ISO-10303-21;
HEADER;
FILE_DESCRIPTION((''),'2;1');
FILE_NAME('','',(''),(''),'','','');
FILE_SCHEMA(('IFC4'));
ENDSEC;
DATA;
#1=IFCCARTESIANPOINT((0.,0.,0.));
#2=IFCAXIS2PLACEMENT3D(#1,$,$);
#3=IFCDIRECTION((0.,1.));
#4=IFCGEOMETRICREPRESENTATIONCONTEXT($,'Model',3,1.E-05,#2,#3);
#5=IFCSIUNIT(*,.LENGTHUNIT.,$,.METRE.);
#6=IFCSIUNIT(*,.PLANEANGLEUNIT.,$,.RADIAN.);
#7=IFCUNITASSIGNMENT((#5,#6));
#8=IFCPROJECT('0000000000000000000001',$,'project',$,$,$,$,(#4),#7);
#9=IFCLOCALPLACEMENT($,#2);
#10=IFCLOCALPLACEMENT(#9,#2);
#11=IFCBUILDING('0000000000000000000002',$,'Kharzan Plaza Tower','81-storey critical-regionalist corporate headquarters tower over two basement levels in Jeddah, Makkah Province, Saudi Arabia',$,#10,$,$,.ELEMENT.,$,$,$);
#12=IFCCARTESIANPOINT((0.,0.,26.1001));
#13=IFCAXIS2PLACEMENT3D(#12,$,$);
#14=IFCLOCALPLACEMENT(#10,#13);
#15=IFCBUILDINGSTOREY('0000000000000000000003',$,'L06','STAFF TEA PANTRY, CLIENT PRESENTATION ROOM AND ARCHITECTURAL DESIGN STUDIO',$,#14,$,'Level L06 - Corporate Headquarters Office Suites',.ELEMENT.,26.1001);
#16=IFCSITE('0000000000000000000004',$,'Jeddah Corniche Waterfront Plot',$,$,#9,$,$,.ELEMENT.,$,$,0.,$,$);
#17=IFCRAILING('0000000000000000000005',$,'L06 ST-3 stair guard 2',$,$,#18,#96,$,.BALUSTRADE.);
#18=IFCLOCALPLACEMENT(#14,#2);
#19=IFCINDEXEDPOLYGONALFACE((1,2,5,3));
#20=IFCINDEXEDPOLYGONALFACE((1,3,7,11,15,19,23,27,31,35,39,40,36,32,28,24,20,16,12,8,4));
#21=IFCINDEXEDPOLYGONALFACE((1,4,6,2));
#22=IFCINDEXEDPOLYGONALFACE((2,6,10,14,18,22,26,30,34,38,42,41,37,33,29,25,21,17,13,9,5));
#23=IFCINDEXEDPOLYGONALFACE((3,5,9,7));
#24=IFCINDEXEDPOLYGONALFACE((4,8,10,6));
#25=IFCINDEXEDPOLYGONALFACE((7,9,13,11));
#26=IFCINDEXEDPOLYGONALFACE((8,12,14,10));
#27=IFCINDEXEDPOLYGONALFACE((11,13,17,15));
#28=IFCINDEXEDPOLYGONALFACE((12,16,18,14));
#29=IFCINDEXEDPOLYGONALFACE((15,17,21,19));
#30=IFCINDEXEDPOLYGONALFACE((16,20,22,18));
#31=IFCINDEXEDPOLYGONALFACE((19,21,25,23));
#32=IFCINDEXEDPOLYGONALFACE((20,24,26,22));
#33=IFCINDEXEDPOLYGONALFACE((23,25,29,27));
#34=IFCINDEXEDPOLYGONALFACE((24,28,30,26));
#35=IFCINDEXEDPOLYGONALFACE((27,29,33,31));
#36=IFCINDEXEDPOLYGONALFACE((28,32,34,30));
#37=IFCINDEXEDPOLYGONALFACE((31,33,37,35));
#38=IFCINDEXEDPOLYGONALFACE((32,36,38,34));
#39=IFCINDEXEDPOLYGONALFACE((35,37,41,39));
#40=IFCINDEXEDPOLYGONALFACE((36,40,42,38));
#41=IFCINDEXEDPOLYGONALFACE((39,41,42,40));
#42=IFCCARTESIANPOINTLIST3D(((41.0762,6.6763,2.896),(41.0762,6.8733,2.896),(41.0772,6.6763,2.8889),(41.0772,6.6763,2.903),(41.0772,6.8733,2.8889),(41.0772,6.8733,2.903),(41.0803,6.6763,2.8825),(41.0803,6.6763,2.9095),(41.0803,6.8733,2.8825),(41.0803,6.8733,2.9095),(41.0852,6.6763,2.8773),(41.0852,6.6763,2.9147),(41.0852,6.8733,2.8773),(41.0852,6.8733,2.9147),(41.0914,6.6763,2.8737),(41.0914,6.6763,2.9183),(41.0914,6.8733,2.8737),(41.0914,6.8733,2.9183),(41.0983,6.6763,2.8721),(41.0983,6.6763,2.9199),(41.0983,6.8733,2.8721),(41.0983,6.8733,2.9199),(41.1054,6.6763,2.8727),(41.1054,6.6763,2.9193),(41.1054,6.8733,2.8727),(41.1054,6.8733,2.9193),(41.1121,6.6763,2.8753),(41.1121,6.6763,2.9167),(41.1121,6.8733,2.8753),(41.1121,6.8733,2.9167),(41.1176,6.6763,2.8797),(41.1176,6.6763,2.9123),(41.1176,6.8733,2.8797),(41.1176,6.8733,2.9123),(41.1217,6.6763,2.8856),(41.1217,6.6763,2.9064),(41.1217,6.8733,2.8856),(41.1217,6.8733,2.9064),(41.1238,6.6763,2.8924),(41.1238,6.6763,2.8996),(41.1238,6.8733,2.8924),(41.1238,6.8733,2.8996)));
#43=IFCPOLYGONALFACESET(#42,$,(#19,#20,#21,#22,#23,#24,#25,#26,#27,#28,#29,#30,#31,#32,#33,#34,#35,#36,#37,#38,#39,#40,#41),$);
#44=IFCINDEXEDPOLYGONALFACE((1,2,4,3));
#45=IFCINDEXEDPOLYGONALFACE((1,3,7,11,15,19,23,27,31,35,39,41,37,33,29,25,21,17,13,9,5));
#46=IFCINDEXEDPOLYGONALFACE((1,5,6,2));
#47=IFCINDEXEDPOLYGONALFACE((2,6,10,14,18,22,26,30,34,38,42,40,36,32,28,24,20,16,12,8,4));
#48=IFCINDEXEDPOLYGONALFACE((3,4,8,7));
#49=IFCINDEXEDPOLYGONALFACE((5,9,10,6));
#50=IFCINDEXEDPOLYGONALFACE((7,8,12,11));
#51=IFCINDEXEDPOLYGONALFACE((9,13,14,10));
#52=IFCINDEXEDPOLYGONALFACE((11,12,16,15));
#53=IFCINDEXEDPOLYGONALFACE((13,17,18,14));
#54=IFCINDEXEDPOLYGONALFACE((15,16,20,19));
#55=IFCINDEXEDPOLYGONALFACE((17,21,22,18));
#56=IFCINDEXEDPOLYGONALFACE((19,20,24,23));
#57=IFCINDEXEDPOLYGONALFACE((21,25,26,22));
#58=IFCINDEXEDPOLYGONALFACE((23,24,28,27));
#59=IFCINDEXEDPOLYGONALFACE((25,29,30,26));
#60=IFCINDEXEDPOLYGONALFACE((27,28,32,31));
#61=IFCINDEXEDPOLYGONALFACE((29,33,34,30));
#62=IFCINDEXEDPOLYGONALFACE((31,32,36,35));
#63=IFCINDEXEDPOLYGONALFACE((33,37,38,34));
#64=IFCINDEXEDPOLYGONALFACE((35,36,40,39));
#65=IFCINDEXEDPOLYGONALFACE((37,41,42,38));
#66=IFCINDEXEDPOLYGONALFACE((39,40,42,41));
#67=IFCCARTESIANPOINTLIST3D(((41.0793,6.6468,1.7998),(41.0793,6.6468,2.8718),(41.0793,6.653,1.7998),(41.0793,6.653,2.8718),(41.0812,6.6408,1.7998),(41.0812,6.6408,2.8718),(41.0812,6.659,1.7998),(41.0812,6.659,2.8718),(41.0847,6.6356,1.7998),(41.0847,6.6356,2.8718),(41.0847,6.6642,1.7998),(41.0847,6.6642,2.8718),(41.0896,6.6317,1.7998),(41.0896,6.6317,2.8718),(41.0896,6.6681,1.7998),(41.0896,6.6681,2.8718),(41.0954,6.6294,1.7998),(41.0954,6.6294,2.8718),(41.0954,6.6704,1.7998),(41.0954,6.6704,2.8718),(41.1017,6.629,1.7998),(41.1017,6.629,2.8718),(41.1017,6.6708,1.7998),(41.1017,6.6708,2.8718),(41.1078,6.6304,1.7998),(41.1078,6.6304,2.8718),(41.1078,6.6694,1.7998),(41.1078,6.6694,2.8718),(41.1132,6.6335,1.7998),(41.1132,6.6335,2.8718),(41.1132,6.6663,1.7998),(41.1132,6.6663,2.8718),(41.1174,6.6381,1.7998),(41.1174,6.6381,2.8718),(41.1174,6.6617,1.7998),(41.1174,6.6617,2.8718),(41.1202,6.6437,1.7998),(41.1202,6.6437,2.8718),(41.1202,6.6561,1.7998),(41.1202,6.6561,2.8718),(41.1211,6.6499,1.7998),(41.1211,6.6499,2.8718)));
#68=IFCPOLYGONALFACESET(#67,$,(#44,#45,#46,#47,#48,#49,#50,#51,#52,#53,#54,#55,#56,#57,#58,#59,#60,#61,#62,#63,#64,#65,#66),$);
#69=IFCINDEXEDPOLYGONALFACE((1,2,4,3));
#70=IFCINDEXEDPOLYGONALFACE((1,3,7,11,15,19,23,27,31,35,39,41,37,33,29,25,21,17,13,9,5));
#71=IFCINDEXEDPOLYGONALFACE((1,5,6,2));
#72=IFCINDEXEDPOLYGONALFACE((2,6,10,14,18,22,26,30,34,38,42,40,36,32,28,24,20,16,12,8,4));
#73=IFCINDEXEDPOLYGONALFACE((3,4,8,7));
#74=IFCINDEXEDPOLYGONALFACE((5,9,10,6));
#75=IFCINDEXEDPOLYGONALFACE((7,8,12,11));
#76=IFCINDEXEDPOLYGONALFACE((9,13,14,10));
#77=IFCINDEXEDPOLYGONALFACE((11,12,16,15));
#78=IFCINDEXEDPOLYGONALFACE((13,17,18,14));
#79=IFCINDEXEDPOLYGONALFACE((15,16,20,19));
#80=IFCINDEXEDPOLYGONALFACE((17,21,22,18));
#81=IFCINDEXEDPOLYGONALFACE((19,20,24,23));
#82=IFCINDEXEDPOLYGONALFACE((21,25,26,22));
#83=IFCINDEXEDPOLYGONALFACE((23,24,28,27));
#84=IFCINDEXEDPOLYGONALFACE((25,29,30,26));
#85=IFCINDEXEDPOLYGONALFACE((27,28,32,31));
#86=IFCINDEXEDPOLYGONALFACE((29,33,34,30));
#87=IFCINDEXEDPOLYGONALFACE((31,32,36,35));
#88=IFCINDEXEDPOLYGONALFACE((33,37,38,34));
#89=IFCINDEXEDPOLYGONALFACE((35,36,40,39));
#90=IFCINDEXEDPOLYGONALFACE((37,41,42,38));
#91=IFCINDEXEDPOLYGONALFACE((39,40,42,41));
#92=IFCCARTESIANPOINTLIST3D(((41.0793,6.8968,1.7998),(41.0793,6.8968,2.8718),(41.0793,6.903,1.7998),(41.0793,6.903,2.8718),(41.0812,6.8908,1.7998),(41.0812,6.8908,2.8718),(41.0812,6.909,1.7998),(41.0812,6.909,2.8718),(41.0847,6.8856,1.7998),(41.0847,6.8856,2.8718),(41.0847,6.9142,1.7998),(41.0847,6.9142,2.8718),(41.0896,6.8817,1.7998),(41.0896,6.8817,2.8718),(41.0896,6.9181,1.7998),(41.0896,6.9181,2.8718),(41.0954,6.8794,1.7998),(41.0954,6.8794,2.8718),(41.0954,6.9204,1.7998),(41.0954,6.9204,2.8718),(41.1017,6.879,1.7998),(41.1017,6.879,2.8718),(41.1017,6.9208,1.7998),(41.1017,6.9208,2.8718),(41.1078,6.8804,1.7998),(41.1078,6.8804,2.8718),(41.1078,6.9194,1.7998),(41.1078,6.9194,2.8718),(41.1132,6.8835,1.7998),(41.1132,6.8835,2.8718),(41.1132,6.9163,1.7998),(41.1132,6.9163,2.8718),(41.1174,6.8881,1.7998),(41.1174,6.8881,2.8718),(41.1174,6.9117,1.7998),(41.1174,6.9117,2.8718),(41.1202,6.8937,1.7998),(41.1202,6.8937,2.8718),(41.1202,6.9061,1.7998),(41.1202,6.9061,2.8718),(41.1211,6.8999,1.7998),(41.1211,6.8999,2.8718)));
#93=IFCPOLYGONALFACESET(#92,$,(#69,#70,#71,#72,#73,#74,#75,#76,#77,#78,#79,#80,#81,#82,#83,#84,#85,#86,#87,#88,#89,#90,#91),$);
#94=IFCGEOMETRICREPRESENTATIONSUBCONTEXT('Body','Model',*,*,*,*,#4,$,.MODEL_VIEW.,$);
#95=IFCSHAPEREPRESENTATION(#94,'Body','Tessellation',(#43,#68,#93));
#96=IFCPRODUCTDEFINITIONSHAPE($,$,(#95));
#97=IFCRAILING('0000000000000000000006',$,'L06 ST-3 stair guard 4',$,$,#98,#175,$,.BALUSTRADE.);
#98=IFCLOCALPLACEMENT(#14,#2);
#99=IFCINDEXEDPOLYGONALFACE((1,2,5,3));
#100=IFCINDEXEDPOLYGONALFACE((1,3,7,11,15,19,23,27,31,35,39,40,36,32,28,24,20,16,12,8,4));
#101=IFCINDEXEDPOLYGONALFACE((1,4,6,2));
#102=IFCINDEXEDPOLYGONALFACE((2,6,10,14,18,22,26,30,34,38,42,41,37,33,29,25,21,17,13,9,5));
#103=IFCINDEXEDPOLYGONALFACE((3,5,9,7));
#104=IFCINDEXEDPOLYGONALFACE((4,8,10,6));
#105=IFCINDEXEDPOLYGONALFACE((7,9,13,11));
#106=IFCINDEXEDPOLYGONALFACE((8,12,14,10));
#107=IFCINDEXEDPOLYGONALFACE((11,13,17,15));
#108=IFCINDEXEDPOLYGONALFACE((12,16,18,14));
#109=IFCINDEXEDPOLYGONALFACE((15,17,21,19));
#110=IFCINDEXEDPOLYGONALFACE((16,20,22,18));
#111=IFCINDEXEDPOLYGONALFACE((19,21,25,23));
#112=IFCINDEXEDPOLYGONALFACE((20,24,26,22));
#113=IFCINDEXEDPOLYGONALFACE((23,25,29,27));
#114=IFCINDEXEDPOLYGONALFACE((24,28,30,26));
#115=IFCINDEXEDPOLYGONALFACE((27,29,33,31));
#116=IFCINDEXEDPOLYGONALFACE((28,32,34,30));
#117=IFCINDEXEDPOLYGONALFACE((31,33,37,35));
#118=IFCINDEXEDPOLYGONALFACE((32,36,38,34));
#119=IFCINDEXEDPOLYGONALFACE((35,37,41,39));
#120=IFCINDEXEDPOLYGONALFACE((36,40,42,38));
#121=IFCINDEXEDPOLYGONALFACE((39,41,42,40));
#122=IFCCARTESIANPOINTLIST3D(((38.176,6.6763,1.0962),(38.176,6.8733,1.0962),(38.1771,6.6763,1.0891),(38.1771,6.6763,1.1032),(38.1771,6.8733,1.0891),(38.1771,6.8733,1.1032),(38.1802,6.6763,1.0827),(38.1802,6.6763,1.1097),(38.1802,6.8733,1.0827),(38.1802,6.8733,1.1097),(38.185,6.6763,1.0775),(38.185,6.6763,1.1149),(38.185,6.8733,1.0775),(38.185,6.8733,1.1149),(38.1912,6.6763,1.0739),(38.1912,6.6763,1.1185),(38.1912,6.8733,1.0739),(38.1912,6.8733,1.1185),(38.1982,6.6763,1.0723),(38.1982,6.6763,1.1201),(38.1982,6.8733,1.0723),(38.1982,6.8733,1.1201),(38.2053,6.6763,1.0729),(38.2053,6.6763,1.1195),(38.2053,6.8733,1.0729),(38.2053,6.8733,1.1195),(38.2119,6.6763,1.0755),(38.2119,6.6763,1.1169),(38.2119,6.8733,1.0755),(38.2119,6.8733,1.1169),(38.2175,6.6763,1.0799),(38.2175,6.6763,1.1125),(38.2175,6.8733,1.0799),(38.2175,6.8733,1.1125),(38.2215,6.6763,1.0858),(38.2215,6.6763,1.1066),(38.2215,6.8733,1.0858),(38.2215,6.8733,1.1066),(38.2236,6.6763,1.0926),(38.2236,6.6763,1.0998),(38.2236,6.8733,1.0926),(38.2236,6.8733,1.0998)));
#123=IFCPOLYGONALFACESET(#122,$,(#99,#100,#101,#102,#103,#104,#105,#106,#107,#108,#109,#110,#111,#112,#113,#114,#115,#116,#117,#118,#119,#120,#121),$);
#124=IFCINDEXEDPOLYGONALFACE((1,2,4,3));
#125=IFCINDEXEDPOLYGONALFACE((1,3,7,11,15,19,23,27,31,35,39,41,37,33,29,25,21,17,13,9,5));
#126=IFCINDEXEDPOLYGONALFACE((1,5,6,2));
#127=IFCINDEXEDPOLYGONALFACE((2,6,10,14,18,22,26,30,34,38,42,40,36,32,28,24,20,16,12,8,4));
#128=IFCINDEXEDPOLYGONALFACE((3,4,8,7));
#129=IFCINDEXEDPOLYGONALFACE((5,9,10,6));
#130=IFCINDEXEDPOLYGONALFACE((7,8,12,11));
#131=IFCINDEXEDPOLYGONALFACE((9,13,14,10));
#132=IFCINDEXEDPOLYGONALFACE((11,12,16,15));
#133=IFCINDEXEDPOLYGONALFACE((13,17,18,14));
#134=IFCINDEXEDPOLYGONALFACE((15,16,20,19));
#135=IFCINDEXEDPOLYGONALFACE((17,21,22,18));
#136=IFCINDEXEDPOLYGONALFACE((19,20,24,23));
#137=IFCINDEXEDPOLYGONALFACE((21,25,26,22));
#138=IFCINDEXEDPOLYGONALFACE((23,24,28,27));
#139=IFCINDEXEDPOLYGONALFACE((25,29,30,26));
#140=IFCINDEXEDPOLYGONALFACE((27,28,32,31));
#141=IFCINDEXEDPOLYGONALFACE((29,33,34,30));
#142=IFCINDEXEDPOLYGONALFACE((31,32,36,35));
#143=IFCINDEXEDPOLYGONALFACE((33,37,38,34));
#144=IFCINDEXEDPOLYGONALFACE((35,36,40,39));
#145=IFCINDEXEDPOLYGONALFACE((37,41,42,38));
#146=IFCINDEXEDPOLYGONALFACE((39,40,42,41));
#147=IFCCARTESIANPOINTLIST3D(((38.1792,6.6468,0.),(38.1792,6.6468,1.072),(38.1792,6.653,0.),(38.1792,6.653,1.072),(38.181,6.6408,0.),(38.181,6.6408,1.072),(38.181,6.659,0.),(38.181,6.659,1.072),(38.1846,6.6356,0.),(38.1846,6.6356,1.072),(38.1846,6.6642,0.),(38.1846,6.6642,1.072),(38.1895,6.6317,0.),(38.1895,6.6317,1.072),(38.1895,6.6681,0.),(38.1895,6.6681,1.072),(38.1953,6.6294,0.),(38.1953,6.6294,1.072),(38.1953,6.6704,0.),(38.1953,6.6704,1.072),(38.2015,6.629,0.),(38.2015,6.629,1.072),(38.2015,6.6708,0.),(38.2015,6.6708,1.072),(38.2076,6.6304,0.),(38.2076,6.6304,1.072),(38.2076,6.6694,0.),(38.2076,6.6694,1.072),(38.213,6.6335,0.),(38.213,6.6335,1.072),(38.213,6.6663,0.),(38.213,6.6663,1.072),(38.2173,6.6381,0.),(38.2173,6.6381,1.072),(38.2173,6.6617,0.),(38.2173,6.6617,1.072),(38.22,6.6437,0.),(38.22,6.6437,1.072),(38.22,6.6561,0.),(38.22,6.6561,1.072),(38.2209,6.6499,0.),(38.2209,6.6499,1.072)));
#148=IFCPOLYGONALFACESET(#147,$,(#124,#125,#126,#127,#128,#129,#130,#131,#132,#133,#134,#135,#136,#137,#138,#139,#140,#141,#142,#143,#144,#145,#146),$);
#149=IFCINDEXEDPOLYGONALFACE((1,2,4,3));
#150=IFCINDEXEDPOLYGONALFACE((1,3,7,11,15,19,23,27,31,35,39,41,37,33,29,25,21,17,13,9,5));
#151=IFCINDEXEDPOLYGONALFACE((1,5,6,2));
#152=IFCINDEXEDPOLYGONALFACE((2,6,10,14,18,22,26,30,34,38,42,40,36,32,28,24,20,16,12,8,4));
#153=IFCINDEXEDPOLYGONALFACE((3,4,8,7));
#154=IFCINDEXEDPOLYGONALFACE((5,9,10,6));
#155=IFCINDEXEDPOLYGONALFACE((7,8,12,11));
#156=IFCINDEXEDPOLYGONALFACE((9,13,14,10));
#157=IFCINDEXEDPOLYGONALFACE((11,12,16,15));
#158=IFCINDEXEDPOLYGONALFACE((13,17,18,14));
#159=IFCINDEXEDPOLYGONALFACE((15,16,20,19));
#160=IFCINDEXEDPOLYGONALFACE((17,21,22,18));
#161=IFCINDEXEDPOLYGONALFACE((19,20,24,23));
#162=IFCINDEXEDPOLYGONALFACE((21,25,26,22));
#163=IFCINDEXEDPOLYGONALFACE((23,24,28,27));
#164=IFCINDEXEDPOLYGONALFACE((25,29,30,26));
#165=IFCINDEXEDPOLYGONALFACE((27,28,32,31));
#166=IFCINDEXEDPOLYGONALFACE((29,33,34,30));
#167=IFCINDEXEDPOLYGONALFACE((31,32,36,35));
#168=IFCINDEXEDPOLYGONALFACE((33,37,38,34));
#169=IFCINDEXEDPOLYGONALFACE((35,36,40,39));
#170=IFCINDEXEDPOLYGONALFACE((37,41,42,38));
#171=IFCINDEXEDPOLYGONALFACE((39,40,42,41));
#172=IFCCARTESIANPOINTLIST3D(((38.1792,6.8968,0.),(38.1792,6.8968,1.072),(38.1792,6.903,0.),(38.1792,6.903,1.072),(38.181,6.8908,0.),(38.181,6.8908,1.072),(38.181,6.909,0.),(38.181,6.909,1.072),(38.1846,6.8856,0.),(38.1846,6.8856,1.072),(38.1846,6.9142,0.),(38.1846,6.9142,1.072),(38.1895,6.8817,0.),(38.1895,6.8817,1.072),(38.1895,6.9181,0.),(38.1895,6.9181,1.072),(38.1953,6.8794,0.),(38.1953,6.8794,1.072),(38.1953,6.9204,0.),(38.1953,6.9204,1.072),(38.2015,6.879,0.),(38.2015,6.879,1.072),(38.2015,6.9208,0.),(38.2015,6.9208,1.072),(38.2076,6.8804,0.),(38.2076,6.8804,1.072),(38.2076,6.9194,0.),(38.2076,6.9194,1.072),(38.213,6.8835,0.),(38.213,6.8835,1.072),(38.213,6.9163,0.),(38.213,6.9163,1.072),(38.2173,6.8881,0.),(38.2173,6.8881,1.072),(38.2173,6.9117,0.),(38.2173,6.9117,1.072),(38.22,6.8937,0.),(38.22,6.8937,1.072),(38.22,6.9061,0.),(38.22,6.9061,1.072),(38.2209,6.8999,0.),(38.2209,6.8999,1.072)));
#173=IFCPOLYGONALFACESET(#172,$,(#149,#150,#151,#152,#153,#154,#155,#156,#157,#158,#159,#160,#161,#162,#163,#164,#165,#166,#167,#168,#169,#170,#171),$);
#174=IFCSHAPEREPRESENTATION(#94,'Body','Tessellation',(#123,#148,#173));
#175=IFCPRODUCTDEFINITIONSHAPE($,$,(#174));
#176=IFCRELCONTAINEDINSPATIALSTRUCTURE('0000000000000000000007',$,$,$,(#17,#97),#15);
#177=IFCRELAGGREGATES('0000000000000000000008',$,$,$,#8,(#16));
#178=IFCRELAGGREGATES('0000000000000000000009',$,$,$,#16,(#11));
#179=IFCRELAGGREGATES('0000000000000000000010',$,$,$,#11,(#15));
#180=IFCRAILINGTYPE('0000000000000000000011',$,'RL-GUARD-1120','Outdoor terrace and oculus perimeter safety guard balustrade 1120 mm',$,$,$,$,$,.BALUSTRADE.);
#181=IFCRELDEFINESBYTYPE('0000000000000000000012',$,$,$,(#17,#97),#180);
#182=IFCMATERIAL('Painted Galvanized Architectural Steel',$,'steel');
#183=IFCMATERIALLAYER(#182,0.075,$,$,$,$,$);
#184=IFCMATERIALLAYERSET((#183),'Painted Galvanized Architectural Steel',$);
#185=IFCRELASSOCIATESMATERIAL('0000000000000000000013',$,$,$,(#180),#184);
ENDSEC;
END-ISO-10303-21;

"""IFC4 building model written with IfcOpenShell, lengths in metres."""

from ifc_helpers import new_model, si_unit, direction, frame, origin, origin_2d, place, context, subcontext, project, spatial, circle, extrude, source, transform, mapped, material, layer, layer_set, type_object, element, save


model = new_model("IFC4")

# Units and contexts
model_context = context("Model", 3, precision=1e-05, world=origin(), true_north=direction((0.0, 1.0)))
body_context = subcontext(model_context, "Body", "Model", "MODEL_VIEW")
ifc_project = project(units=[si_unit("LENGTHUNIT", "METRE"), si_unit("PLANEANGLEUNIT", "RADIAN")], contexts=[model_context])

# Site, building, storey
site_placement = place(None, origin())
site = spatial("IfcSite", under=ifc_project, at=site_placement, Name="Jeddah Corniche Waterfront Plot", CompositionType="ELEMENT", RefElevation=0.0)
building_placement = place(site_placement, origin())
building = spatial("IfcBuilding", under=site, at=building_placement, Name="Kharzan Plaza Tower", Description="81-storey critical-regionalist corporate headquarters tower over two basement levels in Jeddah, Makkah Province, Saudi Arabia", CompositionType="ELEMENT")
storey_placement = place(building_placement, frame((0.0, 0.0, 26.1001)))
storey = spatial("IfcBuildingStorey", under=building, at=storey_placement, Name="L06", Description="STAFF TEA PANTRY, CLIENT PRESENTATION ROOM AND ARCHITECTURAL DESIGN STUDIO", LongName="Level L06 - Corporate Headquarters Office Suites", CompositionType="ELEMENT", Elevation=26.1001)

# Railings
ifc_material_1 = material(Name="Painted Galvanized Architectural Steel", Category="steel")
ifc_layer_1 = layer(ifc_material_1, 0.075)
ifc_layer_set_1 = layer_set([ifc_layer_1], Name="Painted Galvanized Architectural Steel")
railing_type_1 = type_object("IfcRailingType", Name="RL-GUARD-1120", Description="Outdoor terrace and oculus perimeter safety guard balustrade 1120 mm", PredefinedType="BALUSTRADE", material=ifc_layer_set_1)
shared_shape_1 = source(origin(), body_context, "Body", "SweptSolid", [
    extrude(circle(Radius=0.0239, at=origin_2d()), frame((0.0, 0.0264, 1.0962), z_axis=(0.0, 1.0, 0.0), x_axis=(-1.0, 0.0, 0.0)), (0.0, 0.0, 1.0), 0.197),
    extrude(circle(Radius=0.021, at=origin_2d()), origin(), (0.0, 0.0, 1.0), 1.072),
    extrude(circle(Radius=0.021, at=origin_2d()), frame((0.0, 0.25, 0.0)), (0.0, 0.0, 1.0), 1.072),
])
for number, where, name in (
    (1, (41.1001, 6.6499, 1.7998), "L06 ST-3 stair guard 2"),
    (2, (38.2, 6.6499, 0.0), "L06 ST-3 stair guard 4"),
):
    element("IfcRailing", number, at=place(storey_placement, frame(where)), inside=storey, type_object=railing_type_1, Name=name, PredefinedType="BALUSTRADE", context=body_context, shape_type="MappedRepresentation", body=[
        mapped(shared_shape_1, transform((0.0, 0.0, 0.0), x_axis=(1.0, 0.0, 0.0), y_axis=(0.0, 1.0, 0.0), z_axis=(0.0, 0.0, 1.0))),
    ])

save(model, "model.ifc")
